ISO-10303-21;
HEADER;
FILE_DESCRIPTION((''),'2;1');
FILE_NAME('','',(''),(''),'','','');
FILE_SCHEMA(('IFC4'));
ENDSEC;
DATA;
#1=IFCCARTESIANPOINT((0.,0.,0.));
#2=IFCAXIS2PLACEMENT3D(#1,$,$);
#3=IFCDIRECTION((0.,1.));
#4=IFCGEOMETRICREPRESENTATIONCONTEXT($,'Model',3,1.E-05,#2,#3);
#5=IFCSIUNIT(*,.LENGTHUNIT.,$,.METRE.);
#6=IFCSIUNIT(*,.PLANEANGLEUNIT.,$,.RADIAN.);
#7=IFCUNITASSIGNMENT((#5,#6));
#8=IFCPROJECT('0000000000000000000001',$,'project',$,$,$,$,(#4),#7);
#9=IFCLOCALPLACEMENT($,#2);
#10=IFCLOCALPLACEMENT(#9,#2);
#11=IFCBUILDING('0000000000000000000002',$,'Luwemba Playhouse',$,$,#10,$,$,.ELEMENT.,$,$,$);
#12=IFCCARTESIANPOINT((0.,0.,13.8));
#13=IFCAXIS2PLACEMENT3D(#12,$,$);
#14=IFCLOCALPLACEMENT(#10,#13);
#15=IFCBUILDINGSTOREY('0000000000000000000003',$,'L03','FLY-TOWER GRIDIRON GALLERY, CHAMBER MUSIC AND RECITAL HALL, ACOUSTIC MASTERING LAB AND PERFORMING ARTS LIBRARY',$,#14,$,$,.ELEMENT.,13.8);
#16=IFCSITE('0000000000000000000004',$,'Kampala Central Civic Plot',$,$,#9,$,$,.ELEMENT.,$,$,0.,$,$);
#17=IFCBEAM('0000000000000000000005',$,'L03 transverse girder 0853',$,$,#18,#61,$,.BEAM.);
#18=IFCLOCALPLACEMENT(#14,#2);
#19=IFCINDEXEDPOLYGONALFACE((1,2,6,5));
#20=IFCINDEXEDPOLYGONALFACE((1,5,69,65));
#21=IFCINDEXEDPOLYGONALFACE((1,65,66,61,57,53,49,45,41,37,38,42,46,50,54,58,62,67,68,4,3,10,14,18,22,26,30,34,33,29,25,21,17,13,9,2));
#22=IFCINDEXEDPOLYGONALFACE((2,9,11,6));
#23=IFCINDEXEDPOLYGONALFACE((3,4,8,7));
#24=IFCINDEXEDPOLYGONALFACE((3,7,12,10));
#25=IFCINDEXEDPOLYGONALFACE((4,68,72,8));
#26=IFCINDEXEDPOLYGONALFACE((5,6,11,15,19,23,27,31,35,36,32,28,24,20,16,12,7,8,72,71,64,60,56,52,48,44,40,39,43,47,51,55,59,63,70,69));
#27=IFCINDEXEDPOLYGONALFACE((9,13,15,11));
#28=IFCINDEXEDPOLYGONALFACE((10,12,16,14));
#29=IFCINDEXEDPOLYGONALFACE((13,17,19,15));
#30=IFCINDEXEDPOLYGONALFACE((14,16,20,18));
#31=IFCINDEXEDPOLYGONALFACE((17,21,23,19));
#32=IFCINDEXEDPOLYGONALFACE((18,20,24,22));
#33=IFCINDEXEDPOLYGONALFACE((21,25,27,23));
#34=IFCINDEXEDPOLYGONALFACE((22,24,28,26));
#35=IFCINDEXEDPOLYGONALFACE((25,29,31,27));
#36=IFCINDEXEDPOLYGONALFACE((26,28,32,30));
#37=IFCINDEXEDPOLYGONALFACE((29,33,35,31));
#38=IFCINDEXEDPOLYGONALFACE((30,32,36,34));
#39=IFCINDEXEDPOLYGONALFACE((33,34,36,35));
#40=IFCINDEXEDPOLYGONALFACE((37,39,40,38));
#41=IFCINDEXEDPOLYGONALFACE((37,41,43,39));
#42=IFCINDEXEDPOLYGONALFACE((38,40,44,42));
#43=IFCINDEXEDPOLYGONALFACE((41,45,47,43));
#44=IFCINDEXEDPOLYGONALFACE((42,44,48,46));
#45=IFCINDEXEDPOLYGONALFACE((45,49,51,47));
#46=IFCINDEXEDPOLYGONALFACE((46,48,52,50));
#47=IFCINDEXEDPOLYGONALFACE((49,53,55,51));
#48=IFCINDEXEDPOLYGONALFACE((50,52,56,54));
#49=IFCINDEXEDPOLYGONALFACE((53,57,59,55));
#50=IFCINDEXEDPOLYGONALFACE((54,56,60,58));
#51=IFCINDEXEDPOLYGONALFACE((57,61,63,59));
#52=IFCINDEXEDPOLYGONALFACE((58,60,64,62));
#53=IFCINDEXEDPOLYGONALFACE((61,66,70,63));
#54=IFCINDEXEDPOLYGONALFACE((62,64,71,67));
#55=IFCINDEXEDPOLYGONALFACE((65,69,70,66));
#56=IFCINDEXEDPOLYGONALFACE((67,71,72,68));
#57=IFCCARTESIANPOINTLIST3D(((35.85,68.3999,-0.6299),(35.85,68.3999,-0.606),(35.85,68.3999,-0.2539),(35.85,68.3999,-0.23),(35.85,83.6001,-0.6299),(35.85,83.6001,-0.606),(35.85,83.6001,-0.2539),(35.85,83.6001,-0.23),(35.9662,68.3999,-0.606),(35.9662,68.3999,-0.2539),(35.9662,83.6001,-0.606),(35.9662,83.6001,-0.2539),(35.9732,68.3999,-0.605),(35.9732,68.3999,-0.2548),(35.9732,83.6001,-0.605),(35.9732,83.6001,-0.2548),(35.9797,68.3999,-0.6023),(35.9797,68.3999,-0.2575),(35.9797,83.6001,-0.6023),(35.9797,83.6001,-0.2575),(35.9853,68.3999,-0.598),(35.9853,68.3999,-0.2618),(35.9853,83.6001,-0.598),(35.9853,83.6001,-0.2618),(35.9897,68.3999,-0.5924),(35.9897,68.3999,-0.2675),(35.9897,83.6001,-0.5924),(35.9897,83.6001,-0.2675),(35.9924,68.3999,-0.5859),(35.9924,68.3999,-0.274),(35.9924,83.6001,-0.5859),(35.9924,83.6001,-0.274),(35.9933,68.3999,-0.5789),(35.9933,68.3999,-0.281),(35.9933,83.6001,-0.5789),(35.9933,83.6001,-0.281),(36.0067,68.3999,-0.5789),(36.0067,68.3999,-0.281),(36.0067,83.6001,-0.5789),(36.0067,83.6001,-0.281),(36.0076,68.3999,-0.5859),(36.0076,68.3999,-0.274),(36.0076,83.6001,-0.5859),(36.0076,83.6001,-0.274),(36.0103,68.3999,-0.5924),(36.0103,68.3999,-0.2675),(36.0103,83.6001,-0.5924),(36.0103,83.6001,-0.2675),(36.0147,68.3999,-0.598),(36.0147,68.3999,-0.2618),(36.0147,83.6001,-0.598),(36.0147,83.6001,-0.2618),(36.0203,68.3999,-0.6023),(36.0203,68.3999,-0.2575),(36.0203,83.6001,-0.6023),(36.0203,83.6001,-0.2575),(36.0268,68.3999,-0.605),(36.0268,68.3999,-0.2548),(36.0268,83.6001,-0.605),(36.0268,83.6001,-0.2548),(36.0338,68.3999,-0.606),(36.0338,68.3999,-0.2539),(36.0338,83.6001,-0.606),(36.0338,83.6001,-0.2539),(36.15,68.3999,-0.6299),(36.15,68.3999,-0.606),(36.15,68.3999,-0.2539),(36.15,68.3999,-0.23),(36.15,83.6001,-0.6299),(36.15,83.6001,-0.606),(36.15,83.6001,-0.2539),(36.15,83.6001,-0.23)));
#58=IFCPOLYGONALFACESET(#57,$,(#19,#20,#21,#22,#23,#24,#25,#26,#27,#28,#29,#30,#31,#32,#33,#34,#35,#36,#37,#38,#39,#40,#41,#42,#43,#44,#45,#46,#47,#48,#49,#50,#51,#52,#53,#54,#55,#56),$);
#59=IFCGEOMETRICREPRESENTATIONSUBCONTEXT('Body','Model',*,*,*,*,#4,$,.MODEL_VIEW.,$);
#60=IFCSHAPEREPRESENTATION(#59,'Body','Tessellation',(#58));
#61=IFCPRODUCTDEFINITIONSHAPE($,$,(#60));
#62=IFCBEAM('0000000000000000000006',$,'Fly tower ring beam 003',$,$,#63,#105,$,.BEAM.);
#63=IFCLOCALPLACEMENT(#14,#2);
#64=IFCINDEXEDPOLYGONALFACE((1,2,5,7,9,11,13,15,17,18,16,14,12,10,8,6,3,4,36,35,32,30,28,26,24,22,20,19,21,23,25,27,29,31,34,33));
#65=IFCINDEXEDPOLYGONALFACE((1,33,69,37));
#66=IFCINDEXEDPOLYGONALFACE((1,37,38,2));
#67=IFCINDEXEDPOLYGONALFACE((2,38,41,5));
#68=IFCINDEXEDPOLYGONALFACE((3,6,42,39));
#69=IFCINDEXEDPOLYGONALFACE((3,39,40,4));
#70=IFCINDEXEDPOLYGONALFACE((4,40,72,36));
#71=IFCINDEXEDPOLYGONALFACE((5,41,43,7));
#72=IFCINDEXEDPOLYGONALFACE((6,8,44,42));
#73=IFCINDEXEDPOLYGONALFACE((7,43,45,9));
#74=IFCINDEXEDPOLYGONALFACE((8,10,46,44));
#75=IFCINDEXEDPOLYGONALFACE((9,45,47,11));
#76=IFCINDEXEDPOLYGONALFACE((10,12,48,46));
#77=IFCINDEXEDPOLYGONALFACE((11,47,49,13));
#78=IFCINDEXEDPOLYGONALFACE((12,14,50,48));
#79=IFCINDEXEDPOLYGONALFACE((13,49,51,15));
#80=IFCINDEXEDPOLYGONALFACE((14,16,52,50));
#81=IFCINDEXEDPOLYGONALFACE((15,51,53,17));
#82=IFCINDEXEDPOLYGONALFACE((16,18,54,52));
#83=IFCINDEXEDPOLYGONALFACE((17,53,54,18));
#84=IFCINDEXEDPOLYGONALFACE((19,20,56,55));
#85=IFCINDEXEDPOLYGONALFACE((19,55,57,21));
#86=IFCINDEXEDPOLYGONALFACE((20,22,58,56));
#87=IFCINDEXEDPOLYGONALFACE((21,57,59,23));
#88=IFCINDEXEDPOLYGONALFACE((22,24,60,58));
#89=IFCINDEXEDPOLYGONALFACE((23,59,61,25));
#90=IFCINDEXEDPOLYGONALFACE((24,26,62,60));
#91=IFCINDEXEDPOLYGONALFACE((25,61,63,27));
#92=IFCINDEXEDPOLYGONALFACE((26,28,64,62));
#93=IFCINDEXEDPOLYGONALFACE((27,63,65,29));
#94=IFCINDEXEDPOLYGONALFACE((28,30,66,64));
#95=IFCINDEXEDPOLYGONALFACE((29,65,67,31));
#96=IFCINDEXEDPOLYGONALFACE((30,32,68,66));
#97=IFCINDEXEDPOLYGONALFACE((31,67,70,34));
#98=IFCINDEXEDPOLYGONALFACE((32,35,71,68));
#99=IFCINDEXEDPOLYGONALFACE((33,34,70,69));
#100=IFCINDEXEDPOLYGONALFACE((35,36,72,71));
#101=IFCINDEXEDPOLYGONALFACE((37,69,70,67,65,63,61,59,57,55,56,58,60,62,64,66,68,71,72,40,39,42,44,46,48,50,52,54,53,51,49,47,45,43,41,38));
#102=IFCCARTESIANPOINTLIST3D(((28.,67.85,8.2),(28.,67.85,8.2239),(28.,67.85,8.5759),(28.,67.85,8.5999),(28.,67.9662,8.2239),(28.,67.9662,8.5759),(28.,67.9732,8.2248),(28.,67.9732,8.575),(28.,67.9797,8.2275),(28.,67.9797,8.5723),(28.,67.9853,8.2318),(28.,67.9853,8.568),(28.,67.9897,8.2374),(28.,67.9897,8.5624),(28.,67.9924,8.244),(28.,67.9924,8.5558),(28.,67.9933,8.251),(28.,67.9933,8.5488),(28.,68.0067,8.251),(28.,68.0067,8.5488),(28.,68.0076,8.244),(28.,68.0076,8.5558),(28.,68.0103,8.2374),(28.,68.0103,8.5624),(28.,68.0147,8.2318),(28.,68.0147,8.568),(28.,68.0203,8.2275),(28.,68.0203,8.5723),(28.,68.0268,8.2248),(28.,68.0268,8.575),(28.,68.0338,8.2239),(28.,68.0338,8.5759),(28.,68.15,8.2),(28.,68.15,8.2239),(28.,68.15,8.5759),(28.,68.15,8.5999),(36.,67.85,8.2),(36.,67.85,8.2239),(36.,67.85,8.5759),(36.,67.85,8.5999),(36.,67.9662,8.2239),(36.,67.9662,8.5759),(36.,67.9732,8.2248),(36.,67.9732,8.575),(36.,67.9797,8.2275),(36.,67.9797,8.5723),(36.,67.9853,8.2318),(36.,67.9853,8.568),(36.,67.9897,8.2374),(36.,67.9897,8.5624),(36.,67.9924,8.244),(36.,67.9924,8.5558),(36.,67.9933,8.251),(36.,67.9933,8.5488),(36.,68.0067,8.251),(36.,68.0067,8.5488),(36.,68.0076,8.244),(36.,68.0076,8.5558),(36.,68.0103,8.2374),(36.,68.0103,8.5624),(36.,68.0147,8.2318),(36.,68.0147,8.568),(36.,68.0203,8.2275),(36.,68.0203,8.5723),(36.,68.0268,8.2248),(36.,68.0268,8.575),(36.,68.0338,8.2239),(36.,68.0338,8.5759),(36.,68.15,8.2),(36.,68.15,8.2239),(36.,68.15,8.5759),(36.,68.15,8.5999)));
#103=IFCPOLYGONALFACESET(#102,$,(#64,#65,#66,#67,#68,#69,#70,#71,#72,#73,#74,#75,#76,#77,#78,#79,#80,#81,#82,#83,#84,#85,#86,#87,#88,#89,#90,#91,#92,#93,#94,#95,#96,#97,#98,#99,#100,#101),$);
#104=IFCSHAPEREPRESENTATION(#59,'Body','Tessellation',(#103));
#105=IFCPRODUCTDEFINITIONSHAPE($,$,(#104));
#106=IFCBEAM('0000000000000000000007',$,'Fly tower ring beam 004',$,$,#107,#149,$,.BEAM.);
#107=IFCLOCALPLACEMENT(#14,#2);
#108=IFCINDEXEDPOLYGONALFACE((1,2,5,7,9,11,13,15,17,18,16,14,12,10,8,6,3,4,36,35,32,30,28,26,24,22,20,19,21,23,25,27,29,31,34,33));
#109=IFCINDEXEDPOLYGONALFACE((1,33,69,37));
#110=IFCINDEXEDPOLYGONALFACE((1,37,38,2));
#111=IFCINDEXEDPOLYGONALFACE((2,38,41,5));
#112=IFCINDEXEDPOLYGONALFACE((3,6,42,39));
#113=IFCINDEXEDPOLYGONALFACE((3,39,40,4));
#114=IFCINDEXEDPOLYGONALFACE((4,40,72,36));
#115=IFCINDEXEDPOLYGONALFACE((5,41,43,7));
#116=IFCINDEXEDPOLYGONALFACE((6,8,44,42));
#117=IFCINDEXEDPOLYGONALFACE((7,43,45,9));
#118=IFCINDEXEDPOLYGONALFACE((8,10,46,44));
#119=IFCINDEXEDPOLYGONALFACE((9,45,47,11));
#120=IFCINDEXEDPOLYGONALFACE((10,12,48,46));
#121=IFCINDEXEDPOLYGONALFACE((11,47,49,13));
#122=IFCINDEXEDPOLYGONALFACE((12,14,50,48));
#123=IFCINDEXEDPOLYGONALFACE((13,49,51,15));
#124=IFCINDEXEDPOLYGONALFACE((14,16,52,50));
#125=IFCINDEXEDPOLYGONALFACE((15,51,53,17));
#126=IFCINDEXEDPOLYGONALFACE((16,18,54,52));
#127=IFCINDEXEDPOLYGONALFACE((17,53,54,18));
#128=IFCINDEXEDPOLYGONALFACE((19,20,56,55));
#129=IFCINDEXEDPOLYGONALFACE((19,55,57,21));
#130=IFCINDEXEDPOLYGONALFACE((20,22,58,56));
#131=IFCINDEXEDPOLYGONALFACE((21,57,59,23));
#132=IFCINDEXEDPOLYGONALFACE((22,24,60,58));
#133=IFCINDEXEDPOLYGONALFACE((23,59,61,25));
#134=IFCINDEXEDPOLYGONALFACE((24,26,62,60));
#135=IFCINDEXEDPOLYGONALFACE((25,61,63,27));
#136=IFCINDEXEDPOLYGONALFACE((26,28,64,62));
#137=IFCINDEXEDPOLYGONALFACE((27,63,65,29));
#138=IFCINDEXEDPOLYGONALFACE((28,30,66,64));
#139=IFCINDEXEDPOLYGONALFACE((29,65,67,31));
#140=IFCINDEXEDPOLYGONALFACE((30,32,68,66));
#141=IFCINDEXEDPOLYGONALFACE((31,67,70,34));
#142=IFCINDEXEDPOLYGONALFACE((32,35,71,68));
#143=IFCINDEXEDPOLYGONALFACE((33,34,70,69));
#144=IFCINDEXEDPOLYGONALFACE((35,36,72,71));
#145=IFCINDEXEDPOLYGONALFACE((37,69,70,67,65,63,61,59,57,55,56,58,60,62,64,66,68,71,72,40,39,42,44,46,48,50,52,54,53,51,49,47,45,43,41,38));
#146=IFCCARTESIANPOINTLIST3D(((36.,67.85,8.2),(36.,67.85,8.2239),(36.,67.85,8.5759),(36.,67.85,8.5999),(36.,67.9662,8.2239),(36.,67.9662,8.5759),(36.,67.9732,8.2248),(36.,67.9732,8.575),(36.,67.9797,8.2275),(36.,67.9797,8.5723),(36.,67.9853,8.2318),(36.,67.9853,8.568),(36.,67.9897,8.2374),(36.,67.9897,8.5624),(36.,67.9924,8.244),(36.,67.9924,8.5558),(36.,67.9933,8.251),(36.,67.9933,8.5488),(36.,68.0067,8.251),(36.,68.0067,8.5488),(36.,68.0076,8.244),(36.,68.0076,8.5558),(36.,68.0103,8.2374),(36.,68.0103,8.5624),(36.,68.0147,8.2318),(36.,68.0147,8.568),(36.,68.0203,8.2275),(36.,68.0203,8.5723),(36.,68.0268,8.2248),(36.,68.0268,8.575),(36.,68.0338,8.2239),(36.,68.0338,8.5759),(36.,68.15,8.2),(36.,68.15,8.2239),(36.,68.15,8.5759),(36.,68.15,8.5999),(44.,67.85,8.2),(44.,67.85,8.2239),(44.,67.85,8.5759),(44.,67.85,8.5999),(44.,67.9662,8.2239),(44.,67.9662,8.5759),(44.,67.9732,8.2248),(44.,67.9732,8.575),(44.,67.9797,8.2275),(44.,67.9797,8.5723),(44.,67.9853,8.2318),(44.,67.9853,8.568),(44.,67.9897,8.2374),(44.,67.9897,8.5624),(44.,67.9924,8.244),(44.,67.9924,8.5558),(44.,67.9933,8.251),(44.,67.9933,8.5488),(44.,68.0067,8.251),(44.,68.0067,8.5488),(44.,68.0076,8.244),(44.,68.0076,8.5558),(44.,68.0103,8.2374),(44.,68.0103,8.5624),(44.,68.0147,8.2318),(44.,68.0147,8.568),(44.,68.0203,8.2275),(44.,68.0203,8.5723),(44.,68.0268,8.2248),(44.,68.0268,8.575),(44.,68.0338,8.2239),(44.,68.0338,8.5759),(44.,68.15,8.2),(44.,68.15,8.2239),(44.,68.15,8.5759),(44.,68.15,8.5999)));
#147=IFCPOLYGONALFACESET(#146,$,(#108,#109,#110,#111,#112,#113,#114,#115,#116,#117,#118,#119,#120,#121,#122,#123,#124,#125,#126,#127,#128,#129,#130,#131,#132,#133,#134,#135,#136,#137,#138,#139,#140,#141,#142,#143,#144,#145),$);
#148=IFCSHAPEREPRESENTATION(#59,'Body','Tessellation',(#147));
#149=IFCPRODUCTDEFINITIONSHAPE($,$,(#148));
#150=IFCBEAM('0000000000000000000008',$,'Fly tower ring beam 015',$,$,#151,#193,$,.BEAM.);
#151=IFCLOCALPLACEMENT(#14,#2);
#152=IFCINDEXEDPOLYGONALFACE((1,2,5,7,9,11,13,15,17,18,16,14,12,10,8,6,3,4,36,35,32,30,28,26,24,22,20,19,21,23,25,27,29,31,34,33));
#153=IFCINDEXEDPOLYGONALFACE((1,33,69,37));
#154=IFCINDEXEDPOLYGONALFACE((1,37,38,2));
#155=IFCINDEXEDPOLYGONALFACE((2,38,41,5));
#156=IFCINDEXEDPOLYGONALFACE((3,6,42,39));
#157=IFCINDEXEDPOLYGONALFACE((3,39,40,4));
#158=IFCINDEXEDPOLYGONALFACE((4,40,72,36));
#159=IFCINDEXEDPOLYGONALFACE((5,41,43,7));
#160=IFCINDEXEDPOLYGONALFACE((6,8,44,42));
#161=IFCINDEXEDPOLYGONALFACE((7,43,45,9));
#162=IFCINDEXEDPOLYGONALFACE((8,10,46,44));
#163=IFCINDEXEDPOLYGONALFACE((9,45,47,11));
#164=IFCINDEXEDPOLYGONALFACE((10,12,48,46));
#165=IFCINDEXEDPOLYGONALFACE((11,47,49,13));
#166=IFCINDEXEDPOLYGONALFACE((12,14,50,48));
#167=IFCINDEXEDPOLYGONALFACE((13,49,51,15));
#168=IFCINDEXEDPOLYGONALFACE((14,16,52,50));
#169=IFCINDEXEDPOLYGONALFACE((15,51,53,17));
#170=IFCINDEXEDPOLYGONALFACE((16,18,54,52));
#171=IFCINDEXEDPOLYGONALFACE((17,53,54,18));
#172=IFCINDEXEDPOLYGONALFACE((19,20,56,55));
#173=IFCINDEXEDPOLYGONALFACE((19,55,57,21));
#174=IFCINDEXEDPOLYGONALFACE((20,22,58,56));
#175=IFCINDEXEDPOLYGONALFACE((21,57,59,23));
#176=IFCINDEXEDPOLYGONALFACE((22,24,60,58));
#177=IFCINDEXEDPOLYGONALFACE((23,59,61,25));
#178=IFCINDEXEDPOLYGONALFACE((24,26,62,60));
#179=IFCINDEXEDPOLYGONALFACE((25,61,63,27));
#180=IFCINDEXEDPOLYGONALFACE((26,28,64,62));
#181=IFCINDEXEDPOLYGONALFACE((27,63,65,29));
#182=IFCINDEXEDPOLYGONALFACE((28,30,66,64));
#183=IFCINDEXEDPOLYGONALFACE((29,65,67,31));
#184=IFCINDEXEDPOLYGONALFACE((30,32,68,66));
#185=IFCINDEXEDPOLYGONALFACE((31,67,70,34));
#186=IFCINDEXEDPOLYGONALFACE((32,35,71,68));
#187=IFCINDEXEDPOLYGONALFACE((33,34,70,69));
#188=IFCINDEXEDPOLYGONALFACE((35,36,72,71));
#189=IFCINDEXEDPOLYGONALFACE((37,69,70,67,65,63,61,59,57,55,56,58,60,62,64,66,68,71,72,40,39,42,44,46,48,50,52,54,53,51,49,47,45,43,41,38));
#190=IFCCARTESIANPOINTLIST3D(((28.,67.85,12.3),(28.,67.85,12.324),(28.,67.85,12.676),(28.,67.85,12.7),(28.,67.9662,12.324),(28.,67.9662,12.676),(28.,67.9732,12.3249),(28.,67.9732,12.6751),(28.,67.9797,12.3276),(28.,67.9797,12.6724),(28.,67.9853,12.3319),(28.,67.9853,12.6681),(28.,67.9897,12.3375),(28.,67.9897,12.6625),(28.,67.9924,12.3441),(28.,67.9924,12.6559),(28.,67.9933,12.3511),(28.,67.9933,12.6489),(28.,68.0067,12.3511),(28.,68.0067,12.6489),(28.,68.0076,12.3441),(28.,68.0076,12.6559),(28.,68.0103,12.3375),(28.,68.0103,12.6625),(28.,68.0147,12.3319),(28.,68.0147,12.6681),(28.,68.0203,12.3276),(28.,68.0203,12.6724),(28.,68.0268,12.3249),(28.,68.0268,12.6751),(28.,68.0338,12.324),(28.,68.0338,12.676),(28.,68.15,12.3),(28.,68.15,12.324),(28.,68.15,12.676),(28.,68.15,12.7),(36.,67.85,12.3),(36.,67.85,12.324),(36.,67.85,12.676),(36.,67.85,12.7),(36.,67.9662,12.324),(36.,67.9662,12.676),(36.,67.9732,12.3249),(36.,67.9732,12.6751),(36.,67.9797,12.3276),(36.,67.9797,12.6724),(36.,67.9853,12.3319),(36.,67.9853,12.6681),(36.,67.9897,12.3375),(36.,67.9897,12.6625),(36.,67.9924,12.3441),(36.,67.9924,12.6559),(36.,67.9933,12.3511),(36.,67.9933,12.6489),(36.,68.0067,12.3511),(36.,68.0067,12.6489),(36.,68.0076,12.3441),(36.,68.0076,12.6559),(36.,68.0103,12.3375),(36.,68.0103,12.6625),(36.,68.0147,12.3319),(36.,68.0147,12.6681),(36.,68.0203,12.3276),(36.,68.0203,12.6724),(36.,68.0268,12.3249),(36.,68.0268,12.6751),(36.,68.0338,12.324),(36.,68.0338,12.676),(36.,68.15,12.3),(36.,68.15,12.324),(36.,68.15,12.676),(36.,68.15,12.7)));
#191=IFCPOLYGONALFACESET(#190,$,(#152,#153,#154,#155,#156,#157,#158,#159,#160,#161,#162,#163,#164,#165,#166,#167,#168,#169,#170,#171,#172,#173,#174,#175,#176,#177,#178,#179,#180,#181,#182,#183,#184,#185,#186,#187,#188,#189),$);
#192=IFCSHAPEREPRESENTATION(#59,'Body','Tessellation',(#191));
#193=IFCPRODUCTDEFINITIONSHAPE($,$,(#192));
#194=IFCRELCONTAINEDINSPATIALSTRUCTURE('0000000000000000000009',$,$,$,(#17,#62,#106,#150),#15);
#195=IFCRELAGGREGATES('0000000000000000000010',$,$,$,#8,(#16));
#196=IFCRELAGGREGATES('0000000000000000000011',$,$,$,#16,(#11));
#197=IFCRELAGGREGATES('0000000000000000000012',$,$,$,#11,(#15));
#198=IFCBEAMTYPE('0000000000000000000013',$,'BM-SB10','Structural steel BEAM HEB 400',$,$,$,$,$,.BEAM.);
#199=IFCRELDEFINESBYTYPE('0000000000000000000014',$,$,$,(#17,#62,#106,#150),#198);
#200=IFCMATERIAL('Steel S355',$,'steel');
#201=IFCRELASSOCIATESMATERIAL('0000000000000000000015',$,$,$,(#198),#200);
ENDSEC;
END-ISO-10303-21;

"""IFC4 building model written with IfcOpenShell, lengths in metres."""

from ifc_helpers import new_model, si_unit, direction, frame, origin, origin_2d, place, context, subcontext, project, spatial, i_section, extrude, material, material_profile, profile_set, type_object, element, save


model = new_model("IFC4")

# Units and contexts
model_context = context("Model", 3, precision=1e-05, world=origin(), true_north=direction((0.0, 1.0)))
body_context = subcontext(model_context, "Body", "Model", "MODEL_VIEW")
ifc_project = project(units=[si_unit("LENGTHUNIT", "METRE"), si_unit("PLANEANGLEUNIT", "RADIAN")], contexts=[model_context])

# Site, building, storey
site_placement = place(None, origin())
site = spatial("IfcSite", under=ifc_project, at=site_placement, Name="Kampala Central Civic Plot", CompositionType="ELEMENT", RefElevation=0.0)
building_placement = place(site_placement, origin())
building = spatial("IfcBuilding", under=site, at=building_placement, Name="Luwemba Playhouse", CompositionType="ELEMENT")
storey_placement = place(building_placement, frame((0.0, 0.0, 13.8)))
storey = spatial("IfcBuildingStorey", under=building, at=storey_placement, Name="L03", Description="FLY-TOWER GRIDIRON GALLERY, CHAMBER MUSIC AND RECITAL HALL, ACOUSTIC MASTERING LAB AND PERFORMING ARTS LIBRARY", CompositionType="ELEMENT", Elevation=13.8)

# Shared definitions
ifc_material_1 = material(Name="Steel S355", Category="steel")

# Beams
ifc_material_profile_1 = material_profile(ifc_material_1, i_section(OverallWidth=0.3, OverallDepth=0.3999, WebThickness=0.0134, FlangeThickness=0.0239, FilletRadius=0.0271, at=origin_2d()))
ifc_profile_set_1 = profile_set([ifc_material_profile_1], Name="Steel S355")
beam_type_1 = type_object("IfcBeamType", Name="BM-SB10", Description="Structural steel BEAM HEB 400", PredefinedType="BEAM", material=ifc_profile_set_1)
beam_1_placement = place(storey_placement, frame((36.0, 68.3999, -0.4299), z_axis=(0.0, 1.0, 0.0), x_axis=(-1.0, 0.0, 0.0)))
element("IfcBeam", 1, at=beam_1_placement, inside=storey, type_object=beam_type_1, Name="L03 transverse girder 0853", PredefinedType="BEAM", context=body_context, shape_type="SweptSolid", body=[
    extrude(i_section(OverallWidth=0.3, OverallDepth=0.3999, WebThickness=0.0134, FlangeThickness=0.0239, FilletRadius=0.0271, at=origin_2d()), origin(), (0.0, 0.0, 1.0), 15.2002),
])
for number, where, z_axis, x_axis, name in (
    (2, (28.0, 68.0, 8.3999), (1.0, 0.0, 0.0), (0.0, 1.0, 0.0), "Fly tower ring beam 003"),
    (3, (36.0, 68.0, 8.3999), (1.0, 0.0, 0.0), (0.0, 1.0, 0.0), "Fly tower ring beam 004"),
    (4, (28.0, 68.0, 12.5), (1.0, 0.0, 0.0), (0.0, 1.0, 0.0), "Fly tower ring beam 015"),
):
    element("IfcBeam", number, at=place(storey_placement, frame(where, z_axis=z_axis, x_axis=x_axis)), inside=storey, type_object=beam_type_1, Name=name, PredefinedType="BEAM", context=body_context, shape_type="SweptSolid", body=[
        extrude(i_section(OverallWidth=0.3, OverallDepth=0.3999, WebThickness=0.0134, FlangeThickness=0.0239, FilletRadius=0.0271, at=origin_2d()), origin(), (0.0, 0.0, 1.0), 8.0),
    ])

save(model, "model.ifc")
